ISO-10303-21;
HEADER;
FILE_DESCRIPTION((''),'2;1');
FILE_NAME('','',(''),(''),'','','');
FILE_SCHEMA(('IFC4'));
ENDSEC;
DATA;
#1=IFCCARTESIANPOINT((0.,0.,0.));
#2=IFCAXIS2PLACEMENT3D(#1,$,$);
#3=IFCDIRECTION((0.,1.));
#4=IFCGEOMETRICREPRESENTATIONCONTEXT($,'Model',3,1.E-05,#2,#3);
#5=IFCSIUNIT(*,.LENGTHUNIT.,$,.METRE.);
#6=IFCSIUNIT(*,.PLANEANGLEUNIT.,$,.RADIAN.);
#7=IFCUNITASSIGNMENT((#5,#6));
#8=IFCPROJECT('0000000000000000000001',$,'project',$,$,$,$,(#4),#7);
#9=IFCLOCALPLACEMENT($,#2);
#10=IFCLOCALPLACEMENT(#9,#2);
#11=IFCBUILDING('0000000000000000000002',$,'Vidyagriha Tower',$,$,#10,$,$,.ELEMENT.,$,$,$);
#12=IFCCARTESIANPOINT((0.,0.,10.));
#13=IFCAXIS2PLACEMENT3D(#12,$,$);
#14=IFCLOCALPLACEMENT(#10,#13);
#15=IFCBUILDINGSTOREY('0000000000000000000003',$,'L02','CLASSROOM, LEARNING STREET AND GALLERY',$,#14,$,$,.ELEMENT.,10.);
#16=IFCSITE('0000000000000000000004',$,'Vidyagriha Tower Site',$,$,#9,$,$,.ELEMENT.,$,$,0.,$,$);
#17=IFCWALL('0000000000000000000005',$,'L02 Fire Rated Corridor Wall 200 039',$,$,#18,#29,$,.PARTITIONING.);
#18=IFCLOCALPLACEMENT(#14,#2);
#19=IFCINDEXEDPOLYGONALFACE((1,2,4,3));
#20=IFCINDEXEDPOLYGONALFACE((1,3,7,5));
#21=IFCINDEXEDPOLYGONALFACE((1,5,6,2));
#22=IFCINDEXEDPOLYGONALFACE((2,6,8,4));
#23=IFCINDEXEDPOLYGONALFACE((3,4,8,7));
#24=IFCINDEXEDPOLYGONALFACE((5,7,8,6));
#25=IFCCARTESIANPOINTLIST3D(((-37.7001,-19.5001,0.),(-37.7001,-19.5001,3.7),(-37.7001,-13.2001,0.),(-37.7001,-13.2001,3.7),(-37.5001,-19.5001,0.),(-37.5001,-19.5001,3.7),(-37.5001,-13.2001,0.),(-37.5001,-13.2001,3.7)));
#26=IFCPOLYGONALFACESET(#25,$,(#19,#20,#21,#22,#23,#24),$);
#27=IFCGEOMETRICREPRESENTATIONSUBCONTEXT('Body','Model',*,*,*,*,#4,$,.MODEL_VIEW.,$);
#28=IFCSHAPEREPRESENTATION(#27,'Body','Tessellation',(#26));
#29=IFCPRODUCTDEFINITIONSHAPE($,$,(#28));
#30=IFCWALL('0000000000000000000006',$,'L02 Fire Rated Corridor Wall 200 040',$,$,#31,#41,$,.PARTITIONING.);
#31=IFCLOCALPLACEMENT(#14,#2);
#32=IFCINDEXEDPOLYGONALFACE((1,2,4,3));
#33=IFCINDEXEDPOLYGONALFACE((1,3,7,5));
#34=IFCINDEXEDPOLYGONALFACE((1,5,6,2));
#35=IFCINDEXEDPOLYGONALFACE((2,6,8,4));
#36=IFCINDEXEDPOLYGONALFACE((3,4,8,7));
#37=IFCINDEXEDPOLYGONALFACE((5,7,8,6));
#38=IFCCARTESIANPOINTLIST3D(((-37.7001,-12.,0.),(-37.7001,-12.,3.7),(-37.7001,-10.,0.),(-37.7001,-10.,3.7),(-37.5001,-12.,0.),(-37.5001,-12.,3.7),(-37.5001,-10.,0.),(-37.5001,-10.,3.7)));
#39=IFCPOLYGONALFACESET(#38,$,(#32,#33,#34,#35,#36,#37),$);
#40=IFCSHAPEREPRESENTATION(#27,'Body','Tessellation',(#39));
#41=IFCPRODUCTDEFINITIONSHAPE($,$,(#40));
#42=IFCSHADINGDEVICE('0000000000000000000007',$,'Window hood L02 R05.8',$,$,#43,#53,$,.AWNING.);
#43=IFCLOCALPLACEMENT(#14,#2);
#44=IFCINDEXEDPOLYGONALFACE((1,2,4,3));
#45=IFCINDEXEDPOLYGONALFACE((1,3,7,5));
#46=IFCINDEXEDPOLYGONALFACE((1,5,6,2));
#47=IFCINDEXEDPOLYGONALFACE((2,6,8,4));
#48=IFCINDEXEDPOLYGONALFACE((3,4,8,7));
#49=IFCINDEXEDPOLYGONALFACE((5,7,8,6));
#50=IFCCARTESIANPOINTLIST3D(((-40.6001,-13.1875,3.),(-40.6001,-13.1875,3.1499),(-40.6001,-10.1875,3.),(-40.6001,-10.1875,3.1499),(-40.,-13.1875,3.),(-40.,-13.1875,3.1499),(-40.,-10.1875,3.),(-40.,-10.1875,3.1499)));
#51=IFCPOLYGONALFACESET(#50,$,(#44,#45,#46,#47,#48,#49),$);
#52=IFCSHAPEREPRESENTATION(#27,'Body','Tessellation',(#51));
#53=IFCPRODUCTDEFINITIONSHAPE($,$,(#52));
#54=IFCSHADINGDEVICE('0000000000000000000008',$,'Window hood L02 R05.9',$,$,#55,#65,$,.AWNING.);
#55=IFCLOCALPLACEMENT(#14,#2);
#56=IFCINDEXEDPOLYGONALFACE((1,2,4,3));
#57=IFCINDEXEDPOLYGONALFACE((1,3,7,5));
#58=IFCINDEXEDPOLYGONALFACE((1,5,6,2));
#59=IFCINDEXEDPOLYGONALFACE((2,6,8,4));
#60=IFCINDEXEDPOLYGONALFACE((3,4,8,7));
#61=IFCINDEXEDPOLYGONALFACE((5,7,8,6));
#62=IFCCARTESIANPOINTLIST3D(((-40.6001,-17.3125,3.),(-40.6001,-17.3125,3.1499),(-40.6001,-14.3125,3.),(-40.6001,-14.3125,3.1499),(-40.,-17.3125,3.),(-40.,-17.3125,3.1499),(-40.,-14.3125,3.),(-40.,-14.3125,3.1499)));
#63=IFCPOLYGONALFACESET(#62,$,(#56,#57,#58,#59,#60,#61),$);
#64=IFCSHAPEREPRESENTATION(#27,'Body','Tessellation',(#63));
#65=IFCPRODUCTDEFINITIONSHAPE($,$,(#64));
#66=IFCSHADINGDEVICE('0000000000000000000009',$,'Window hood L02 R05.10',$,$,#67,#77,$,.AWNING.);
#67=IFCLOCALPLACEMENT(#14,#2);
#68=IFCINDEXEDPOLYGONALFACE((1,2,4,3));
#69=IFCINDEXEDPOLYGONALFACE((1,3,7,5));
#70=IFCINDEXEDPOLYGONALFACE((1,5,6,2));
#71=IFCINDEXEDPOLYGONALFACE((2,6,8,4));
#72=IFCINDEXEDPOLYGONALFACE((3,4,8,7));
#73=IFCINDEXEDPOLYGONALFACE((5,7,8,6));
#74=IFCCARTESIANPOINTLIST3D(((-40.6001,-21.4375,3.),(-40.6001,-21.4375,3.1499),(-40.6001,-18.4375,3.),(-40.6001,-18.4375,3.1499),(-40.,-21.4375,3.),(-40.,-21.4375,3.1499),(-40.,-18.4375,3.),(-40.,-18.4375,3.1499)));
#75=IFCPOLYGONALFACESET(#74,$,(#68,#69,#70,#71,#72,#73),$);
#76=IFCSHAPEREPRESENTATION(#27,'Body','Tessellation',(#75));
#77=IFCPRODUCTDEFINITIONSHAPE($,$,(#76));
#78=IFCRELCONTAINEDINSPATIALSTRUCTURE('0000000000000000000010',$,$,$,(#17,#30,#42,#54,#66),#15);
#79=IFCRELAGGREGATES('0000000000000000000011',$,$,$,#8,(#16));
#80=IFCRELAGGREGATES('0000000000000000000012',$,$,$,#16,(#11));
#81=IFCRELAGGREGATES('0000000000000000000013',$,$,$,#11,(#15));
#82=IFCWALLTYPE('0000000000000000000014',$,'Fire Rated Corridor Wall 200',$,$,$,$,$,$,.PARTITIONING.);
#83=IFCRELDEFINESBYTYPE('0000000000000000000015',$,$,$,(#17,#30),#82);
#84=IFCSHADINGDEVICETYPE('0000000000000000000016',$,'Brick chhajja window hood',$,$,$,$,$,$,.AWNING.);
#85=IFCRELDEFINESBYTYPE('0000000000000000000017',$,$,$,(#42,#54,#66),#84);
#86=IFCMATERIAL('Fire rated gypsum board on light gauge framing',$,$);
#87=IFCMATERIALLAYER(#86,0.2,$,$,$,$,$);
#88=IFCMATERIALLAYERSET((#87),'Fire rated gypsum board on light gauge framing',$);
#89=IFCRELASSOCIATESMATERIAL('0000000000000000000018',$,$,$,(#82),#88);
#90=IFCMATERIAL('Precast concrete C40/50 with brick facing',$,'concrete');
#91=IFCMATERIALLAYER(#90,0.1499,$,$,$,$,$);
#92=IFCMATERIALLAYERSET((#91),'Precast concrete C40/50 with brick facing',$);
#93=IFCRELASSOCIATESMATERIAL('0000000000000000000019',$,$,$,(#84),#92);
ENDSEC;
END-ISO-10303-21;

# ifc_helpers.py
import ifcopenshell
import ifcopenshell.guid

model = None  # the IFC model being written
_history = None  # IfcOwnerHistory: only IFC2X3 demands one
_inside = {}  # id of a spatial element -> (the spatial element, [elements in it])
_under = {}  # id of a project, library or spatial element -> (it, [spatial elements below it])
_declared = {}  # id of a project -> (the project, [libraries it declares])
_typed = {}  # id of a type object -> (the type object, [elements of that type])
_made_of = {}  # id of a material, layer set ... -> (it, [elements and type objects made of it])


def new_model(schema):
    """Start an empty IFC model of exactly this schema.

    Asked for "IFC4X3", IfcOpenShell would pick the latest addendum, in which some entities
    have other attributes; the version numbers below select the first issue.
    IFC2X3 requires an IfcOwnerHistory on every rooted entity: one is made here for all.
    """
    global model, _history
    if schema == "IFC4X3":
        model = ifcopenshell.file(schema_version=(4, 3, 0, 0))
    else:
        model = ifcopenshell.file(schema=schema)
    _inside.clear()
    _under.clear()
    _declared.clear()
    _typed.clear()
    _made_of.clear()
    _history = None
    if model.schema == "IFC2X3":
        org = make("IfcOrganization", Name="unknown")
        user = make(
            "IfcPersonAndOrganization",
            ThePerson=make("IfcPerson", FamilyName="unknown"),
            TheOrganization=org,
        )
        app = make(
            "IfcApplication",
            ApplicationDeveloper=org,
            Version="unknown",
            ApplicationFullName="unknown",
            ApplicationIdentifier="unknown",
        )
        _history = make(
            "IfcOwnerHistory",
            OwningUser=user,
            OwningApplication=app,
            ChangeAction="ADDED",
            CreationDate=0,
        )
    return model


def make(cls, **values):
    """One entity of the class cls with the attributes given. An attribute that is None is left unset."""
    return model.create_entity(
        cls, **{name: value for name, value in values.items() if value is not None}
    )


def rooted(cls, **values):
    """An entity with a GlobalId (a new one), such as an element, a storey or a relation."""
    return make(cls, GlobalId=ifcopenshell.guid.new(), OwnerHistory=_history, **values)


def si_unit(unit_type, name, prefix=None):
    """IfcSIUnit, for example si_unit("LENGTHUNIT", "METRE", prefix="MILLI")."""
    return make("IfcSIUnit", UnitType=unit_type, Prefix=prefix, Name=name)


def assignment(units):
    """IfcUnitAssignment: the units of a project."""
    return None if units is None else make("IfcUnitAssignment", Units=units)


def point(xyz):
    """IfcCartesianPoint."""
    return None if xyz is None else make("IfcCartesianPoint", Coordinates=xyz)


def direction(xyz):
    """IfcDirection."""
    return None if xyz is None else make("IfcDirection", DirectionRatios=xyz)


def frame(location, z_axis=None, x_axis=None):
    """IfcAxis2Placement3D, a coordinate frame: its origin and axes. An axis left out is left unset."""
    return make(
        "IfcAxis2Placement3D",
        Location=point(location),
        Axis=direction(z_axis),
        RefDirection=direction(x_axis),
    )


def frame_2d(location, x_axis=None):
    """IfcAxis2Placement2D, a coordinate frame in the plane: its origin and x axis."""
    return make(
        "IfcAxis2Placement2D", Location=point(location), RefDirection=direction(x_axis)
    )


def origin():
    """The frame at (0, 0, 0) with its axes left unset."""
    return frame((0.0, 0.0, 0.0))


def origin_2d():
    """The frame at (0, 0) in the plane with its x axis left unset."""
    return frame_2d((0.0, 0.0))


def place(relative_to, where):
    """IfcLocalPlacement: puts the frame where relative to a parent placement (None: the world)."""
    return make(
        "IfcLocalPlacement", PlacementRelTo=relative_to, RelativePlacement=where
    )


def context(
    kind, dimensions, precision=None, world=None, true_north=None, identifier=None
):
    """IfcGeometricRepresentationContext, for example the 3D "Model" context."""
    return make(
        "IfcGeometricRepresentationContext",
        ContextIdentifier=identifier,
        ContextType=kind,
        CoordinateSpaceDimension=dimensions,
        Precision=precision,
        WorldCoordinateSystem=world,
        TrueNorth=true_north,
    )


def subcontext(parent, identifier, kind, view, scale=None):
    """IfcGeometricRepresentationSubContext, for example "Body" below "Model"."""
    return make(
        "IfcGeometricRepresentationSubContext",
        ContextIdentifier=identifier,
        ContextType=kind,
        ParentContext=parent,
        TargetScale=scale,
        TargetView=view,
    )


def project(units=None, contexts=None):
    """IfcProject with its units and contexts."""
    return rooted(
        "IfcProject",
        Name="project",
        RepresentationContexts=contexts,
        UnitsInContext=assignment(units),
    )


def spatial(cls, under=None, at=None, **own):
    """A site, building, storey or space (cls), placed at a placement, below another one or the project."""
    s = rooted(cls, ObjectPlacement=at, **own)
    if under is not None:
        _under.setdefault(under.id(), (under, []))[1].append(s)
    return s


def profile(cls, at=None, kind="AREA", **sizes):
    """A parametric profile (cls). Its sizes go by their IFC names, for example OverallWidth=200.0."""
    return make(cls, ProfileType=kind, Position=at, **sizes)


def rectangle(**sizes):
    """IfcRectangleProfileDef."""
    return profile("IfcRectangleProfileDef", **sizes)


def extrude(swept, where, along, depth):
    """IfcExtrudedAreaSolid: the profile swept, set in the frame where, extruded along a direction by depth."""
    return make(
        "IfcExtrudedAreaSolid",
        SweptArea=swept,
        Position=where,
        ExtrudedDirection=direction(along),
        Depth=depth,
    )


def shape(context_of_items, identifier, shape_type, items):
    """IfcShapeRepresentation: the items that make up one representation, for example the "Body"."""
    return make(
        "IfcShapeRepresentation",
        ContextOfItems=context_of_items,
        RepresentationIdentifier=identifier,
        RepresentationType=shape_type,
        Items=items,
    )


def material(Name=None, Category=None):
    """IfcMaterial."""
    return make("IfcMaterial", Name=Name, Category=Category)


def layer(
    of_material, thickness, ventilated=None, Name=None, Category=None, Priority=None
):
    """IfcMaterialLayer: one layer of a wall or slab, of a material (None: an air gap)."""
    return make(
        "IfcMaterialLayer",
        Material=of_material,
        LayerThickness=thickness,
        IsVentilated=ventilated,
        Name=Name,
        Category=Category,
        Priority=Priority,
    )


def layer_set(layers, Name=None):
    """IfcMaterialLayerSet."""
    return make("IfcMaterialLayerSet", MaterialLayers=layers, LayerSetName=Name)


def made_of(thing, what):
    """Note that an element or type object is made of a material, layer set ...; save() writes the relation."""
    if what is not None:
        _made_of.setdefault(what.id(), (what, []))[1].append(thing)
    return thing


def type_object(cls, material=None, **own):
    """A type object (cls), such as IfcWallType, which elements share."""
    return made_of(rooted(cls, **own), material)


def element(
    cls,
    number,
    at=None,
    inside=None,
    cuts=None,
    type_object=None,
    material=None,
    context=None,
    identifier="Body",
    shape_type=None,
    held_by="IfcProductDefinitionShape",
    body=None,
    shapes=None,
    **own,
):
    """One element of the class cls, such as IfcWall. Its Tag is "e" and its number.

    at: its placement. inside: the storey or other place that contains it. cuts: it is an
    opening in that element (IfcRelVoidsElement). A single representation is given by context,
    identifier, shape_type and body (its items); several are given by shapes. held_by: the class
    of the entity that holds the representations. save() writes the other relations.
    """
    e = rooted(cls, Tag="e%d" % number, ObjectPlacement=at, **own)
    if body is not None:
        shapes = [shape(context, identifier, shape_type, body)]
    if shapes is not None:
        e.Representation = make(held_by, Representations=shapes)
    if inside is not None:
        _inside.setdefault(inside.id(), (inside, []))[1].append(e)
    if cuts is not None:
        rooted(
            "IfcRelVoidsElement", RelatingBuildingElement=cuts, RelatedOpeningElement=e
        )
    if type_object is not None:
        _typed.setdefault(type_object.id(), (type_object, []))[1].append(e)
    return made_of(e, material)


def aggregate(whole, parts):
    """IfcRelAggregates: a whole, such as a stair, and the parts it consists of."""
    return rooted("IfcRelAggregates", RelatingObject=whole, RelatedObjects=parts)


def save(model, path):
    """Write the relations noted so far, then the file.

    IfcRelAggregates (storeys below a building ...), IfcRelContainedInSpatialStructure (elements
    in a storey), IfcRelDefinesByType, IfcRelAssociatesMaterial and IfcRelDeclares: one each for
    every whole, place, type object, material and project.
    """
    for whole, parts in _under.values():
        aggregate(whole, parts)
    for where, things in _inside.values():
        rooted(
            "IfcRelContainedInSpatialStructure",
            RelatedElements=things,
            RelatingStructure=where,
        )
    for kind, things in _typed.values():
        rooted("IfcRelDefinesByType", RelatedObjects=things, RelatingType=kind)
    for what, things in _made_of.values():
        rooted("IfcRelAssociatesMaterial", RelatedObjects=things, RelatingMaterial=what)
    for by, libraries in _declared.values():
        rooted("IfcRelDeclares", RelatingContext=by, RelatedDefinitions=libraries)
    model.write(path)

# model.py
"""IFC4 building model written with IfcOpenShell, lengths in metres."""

from ifc_helpers import new_model, si_unit, direction, frame, frame_2d, origin, origin_2d, place, context, subcontext, project, spatial, rectangle, extrude, material, layer, layer_set, type_object, element, save


model = new_model("IFC4")

# Units and contexts
model_context = context("Model", 3, precision=1e-05, world=origin(), true_north=direction((0.0, 1.0)))
body_context = subcontext(model_context, "Body", "Model", "MODEL_VIEW")
ifc_project = project(units=[si_unit("LENGTHUNIT", "METRE"), si_unit("PLANEANGLEUNIT", "RADIAN")], contexts=[model_context])

# Site, building, storey
site_placement = place(None, origin())
site = spatial("IfcSite", under=ifc_project, at=site_placement, Name="Vidyagriha Tower Site", CompositionType="ELEMENT", RefElevation=0.0)
building_placement = place(site_placement, origin())
building = spatial("IfcBuilding", under=site, at=building_placement, Name="Vidyagriha Tower", CompositionType="ELEMENT")
storey_placement = place(building_placement, frame((0.0, 0.0, 10.0)))
storey = spatial("IfcBuildingStorey", under=building, at=storey_placement, Name="L02", Description="CLASSROOM, LEARNING STREET AND GALLERY", CompositionType="ELEMENT", Elevation=10.0)

# Shared definitions
ifc_material_1 = material(Name="Fire rated gypsum board on light gauge framing")
ifc_layer_1 = layer(ifc_material_1, 0.2)
ifc_layer_set_1 = layer_set([ifc_layer_1], Name="Fire rated gypsum board on light gauge framing")
wall_type = type_object("IfcWallType", Name="Fire Rated Corridor Wall 200", PredefinedType="PARTITIONING", material=ifc_layer_set_1)

# Walls
wall_1_placement = place(storey_placement, frame((-37.6001, -19.5, 0.0), z_axis=(0.0, 0.0, 1.0), x_axis=(0.0, 1.0, 0.0)))
element("IfcWall", 1, at=wall_1_placement, inside=storey, type_object=wall_type, Name="L02 Fire Rated Corridor Wall 200 039", PredefinedType="PARTITIONING", context=body_context, shape_type="SweptSolid", body=[
    extrude(rectangle(XDim=6.3, YDim=0.2, at=frame_2d((3.1499, 0.0))), origin(), (0.0, 0.0, 1.0), 3.7),
])
wall_2_placement = place(storey_placement, frame((-37.6001, -12.0, 0.0), z_axis=(0.0, 0.0, 1.0), x_axis=(0.0, 1.0, 0.0)))
element("IfcWall", 2, at=wall_2_placement, inside=storey, type_object=wall_type, Name="L02 Fire Rated Corridor Wall 200 040", PredefinedType="PARTITIONING", context=body_context, shape_type="SweptSolid", body=[
    extrude(rectangle(XDim=2.0, YDim=0.2, at=frame_2d((1.0, 0.0))), origin(), (0.0, 0.0, 1.0), 3.7),
])

# Shading devices
ifc_material_2 = material(Name="Precast concrete C40/50 with brick facing", Category="concrete")
ifc_layer_2 = layer(ifc_material_2, 0.1499)
ifc_layer_set_2 = layer_set([ifc_layer_2], Name="Precast concrete C40/50 with brick facing")
shading_device_type = type_object("IfcShadingDeviceType", Name="Brick chhajja window hood", PredefinedType="AWNING", material=ifc_layer_set_2)
for number, where, z_axis, x_axis, name in (
    (3, (-40.3, -11.6875, 3.0), (0.0, 0.0, 1.0), (0.0, -1.0, 0.0), "Window hood L02 R05.8"),
    (4, (-40.3, -15.8125, 3.0), (0.0, 0.0, 1.0), (0.0, -1.0, 0.0), "Window hood L02 R05.9"),
    (5, (-40.3, -19.9375, 3.0), (0.0, 0.0, 1.0), (0.0, -1.0, 0.0), "Window hood L02 R05.10"),
):
    element("IfcShadingDevice", number, at=place(storey_placement, frame(where, z_axis=z_axis, x_axis=x_axis)), inside=storey, type_object=shading_device_type, Name=name, PredefinedType="AWNING", context=body_context, shape_type="SweptSolid", body=[
        extrude(rectangle(XDim=3.0, YDim=0.6001, at=origin_2d()), origin(), (0.0, 0.0, 1.0), 0.1499),
    ])

save(model, "model.ifc")
